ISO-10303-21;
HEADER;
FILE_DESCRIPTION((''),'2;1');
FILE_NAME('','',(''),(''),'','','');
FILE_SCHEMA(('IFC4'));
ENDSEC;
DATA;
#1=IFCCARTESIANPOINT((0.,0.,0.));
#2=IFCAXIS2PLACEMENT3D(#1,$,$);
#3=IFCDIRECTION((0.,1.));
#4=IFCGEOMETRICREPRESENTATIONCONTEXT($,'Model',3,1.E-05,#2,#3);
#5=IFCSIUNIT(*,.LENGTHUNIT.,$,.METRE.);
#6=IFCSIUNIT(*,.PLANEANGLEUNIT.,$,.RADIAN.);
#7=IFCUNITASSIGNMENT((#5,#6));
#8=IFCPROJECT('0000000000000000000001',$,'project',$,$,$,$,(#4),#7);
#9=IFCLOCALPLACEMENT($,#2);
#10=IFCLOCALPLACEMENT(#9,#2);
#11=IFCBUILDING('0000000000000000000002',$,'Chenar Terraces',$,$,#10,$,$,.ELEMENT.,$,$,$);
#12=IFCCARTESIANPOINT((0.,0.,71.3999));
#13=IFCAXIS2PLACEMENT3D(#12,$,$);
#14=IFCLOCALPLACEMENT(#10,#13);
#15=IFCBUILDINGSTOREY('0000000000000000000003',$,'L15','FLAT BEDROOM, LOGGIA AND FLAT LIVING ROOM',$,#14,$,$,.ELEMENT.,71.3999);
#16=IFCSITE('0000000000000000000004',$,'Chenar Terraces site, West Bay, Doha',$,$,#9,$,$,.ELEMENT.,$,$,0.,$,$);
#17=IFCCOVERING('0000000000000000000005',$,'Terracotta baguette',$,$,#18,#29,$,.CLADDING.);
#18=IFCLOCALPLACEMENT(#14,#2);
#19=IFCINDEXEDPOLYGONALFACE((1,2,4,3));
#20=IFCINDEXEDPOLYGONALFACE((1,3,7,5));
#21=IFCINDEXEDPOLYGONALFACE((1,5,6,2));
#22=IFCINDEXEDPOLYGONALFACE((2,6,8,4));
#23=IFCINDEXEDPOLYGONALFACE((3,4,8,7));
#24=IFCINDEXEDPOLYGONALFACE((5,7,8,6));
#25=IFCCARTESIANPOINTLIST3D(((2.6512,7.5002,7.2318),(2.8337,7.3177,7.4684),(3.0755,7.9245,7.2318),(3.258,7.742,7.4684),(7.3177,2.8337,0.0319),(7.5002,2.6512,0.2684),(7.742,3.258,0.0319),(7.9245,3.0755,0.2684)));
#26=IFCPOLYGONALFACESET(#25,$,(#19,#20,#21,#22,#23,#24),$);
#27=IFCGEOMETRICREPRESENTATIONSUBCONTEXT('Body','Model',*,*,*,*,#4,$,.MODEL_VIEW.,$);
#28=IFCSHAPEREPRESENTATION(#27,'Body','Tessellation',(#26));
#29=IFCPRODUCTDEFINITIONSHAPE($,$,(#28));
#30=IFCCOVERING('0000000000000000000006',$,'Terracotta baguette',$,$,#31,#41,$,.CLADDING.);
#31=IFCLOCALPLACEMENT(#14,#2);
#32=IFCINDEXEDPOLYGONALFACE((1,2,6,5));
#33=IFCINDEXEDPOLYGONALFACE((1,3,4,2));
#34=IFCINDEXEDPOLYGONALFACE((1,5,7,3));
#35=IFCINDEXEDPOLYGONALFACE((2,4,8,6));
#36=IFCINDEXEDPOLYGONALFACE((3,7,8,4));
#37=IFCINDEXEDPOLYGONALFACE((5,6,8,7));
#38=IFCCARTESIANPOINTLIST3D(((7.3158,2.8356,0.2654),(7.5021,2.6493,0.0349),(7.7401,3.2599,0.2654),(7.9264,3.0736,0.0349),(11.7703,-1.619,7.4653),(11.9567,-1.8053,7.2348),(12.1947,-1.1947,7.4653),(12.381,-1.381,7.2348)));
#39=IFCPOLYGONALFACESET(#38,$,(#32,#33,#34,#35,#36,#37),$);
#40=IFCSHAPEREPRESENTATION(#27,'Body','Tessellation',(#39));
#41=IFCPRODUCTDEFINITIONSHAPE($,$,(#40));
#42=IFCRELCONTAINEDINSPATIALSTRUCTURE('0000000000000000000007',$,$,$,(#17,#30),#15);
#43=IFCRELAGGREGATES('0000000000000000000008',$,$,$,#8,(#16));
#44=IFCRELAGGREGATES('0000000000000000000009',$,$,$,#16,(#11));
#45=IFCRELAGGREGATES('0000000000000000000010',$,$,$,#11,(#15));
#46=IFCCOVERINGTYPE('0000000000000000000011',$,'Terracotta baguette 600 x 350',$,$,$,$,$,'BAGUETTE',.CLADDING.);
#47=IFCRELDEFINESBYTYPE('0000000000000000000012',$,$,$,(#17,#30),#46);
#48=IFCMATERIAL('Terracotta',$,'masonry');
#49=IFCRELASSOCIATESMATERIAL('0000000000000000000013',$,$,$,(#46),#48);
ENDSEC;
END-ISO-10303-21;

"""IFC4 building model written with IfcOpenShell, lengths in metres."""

from ifc_helpers import new_model, si_unit, direction, frame, origin, origin_2d, place, context, subcontext, project, spatial, rectangle, extrude, material, material_profile, profile_set, type_object, element, save


model = new_model("IFC4")

# Units and contexts
model_context = context("Model", 3, precision=1e-05, world=origin(), true_north=direction((0.0, 1.0)))
body_context = subcontext(model_context, "Body", "Model", "MODEL_VIEW")
ifc_project = project(units=[si_unit("LENGTHUNIT", "METRE"), si_unit("PLANEANGLEUNIT", "RADIAN")], contexts=[model_context])

# Site, building, storey
site_placement = place(None, origin())
site = spatial("IfcSite", under=ifc_project, at=site_placement, Name="Chenar Terraces site, West Bay, Doha", CompositionType="ELEMENT", RefElevation=0.0)
building_placement = place(site_placement, origin())
building = spatial("IfcBuilding", under=site, at=building_placement, Name="Chenar Terraces", CompositionType="ELEMENT")
storey_placement = place(building_placement, frame((0.0, 0.0, 71.3999)))
storey = spatial("IfcBuildingStorey", under=building, at=storey_placement, Name="L15", Description="FLAT BEDROOM, LOGGIA AND FLAT LIVING ROOM", CompositionType="ELEMENT", Elevation=71.3999)

# Coverings
ifc_material_1 = material(Name="Terracotta", Category="masonry")
ifc_material_profile = material_profile(ifc_material_1, rectangle(XDim=0.6001, YDim=0.3501, at=origin_2d()), Name="Terracotta baguette 600 x 350")
ifc_profile_set = profile_set([ifc_material_profile], Name="Terracotta")
covering_type = type_object("IfcCoveringType", Name="Terracotta baguette 600 x 350", ElementType="BAGUETTE", PredefinedType="CLADDING", material=ifc_profile_set)
covering_1_placement = place(storey_placement, frame((2.9546, 7.6211, 7.3501), z_axis=(0.477789, -0.477789, -0.737181), x_axis=(0.707107, 0.707107, 0.0)))
element("IfcCovering", 1, at=covering_1_placement, inside=storey, type_object=covering_type, Name="Terracotta baguette", PredefinedType="CLADDING", context=body_context, shape_type="SweptSolid", body=[
    extrude(rectangle(XDim=0.6001, YDim=0.3501, at=origin_2d()), origin(), (0.0, 0.0, 1.0), 9.7668),
])
covering_2_placement = place(storey_placement, frame((7.6211, 2.9546, 0.1501), z_axis=(0.465624, -0.465624, 0.752588), x_axis=(0.707107, 0.707107, 0.0)))
element("IfcCovering", 2, at=covering_2_placement, inside=storey, type_object=covering_type, Name="Terracotta baguette", PredefinedType="CLADDING", context=body_context, shape_type="SweptSolid", body=[
    extrude(rectangle(XDim=0.6001, YDim=0.3501, at=origin_2d()), origin(), (0.0, 0.0, 1.0), 9.5669),
])

save(model, "model.ifc")
